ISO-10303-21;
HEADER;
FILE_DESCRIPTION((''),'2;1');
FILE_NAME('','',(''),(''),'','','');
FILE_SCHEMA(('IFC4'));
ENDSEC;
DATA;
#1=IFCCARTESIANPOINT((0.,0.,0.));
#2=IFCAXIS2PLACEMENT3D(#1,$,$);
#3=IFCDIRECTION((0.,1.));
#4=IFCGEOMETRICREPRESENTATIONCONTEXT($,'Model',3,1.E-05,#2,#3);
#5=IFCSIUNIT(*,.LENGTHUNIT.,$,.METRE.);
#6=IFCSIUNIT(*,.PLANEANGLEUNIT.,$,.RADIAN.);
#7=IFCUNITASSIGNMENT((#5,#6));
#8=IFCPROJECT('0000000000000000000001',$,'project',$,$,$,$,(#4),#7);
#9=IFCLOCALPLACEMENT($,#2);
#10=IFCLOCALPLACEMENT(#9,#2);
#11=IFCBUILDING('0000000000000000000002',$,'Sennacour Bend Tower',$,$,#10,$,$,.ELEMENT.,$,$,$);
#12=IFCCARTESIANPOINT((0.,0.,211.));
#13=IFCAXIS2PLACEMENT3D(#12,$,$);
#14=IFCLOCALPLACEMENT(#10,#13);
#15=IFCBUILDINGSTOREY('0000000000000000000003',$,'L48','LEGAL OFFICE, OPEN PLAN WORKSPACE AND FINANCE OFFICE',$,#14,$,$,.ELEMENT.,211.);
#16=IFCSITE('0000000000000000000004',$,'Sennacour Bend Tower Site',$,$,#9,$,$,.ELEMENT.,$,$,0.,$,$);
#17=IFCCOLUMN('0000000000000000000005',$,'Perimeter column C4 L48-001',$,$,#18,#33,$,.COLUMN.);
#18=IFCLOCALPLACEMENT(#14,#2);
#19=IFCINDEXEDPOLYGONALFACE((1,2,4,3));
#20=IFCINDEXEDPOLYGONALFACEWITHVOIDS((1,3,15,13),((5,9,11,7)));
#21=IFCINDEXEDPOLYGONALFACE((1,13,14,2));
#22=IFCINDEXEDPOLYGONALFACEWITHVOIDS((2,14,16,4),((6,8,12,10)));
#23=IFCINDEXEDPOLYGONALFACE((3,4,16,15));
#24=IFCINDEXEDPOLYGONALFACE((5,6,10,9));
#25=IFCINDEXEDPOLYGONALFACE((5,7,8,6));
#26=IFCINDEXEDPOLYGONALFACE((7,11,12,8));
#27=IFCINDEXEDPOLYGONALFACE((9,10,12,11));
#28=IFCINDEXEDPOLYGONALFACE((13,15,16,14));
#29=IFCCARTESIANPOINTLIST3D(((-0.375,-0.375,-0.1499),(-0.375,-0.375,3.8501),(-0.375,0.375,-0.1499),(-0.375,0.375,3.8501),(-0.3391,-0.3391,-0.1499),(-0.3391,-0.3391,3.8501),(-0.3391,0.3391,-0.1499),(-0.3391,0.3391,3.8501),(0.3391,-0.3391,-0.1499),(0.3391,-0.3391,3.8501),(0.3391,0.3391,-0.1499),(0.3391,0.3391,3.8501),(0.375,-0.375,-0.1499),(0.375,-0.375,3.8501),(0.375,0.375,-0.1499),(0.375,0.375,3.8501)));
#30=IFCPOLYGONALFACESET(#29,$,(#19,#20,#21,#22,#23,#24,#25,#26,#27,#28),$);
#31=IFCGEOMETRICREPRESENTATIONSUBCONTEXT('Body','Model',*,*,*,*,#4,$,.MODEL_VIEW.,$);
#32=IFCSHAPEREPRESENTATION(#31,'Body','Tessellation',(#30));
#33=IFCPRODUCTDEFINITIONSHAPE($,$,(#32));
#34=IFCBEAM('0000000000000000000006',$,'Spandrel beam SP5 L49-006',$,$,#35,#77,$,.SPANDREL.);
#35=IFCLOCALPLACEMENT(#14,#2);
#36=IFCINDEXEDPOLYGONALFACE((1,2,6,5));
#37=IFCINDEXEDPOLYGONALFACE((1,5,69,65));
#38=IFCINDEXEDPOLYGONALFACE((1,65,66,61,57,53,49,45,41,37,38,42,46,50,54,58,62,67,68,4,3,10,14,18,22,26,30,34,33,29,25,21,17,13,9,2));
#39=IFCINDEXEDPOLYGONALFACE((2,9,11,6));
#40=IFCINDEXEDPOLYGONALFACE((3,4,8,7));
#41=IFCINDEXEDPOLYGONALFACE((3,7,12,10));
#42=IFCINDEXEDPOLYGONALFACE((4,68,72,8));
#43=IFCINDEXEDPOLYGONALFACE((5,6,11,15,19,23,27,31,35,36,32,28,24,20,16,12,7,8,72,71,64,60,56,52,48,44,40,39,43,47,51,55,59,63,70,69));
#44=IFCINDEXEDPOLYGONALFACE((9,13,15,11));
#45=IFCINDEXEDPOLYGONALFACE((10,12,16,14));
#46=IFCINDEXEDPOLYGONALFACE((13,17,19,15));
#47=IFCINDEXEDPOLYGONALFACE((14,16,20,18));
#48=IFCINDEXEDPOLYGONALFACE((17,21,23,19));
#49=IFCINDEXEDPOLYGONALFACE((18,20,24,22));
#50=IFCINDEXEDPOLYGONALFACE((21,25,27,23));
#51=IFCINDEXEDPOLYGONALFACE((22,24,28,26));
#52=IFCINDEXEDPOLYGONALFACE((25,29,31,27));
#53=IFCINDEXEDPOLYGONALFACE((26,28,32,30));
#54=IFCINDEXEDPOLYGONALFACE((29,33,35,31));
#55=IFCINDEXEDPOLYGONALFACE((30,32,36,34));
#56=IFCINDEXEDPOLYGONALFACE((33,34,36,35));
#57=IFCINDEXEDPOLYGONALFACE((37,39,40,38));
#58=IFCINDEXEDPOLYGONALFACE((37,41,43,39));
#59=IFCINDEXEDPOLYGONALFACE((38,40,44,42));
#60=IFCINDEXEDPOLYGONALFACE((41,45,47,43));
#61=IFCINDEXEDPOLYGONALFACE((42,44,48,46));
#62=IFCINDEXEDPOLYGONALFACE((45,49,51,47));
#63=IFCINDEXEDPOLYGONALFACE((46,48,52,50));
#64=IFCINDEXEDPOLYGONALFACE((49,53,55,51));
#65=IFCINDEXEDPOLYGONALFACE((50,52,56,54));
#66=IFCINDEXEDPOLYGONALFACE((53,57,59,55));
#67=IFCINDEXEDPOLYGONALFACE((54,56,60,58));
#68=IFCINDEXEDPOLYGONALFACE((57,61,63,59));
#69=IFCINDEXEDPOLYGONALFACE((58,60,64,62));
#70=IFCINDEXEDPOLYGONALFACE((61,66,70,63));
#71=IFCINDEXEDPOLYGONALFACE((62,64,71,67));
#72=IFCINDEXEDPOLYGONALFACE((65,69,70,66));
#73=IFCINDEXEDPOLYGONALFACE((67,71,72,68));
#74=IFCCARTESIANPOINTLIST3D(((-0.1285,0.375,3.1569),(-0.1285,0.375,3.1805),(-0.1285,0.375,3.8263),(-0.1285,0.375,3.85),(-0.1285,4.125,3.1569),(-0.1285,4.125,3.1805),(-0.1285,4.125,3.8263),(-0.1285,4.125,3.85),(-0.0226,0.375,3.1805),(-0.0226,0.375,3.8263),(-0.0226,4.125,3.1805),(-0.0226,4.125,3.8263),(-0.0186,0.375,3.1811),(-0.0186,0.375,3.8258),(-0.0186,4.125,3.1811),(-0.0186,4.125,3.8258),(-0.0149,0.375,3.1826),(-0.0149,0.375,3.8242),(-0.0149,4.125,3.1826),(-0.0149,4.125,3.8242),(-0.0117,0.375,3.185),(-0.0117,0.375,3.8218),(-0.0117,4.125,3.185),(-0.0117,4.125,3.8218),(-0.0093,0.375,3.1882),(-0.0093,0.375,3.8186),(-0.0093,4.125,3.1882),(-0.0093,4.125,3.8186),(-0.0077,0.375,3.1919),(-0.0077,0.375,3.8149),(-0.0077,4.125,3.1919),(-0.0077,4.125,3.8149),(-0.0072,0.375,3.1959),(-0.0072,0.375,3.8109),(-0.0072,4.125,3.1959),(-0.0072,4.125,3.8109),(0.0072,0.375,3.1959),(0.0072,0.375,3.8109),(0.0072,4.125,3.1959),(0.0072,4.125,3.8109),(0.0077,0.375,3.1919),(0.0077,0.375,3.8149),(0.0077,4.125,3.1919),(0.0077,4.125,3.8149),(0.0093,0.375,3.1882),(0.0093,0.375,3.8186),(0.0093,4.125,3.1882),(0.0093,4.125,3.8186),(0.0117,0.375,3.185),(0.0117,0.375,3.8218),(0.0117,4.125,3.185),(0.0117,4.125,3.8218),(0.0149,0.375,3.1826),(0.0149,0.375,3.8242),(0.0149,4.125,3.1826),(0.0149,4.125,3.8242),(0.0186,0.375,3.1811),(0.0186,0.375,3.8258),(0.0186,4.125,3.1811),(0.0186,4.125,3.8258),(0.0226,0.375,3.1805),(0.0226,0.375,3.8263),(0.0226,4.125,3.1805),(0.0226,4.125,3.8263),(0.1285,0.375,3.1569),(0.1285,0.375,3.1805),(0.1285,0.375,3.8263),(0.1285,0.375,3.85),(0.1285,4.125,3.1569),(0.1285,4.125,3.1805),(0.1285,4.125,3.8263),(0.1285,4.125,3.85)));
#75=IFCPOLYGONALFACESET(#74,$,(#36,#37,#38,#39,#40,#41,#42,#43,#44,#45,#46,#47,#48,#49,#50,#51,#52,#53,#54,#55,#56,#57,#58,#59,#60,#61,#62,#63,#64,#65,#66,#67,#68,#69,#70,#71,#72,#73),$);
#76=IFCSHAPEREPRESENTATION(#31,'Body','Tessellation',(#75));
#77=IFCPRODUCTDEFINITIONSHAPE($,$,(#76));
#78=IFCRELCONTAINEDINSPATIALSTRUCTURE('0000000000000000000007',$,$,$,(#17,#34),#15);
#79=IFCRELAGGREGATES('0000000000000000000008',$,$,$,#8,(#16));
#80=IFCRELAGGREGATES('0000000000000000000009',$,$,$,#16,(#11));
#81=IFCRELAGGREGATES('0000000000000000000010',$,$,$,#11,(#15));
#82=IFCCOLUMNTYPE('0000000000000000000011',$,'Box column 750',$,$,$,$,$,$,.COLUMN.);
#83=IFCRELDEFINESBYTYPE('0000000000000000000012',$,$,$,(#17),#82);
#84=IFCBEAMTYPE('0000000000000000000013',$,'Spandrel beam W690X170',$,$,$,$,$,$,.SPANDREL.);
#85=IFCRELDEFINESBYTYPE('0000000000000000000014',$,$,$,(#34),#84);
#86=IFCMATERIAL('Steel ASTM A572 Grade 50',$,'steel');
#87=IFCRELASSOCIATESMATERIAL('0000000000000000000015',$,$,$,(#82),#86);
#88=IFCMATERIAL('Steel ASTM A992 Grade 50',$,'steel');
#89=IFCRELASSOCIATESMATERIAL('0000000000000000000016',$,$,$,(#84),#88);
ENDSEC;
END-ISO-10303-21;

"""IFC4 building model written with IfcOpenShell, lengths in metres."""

from ifc_helpers import new_model, si_unit, direction, frame, origin, origin_2d, place, context, subcontext, project, spatial, hollow_rectangle, i_section, extrude, material, material_profile, profile_set, type_object, element, save


model = new_model("IFC4")

# Units and contexts
model_context = context("Model", 3, precision=1e-05, world=origin(), true_north=direction((0.0, 1.0)))
body_context = subcontext(model_context, "Body", "Model", "MODEL_VIEW")
ifc_project = project(units=[si_unit("LENGTHUNIT", "METRE"), si_unit("PLANEANGLEUNIT", "RADIAN")], contexts=[model_context])

# Site, building, storey
site_placement = place(None, origin())
site = spatial("IfcSite", under=ifc_project, at=site_placement, Name="Sennacour Bend Tower Site", CompositionType="ELEMENT", RefElevation=0.0)
building_placement = place(site_placement, origin())
building = spatial("IfcBuilding", under=site, at=building_placement, Name="Sennacour Bend Tower", CompositionType="ELEMENT")
storey_placement = place(building_placement, frame((0.0, 0.0, 211.0)))
storey = spatial("IfcBuildingStorey", under=building, at=storey_placement, Name="L48", Description="LEGAL OFFICE, OPEN PLAN WORKSPACE AND FINANCE OFFICE", CompositionType="ELEMENT", Elevation=211.0)

# Column
ifc_material_1 = material(Name="Steel ASTM A572 Grade 50", Category="steel")
ifc_material_profile_1 = material_profile(ifc_material_1, hollow_rectangle(XDim=0.75, YDim=0.75, WallThickness=0.0359, at=origin_2d()), Name="Steel ASTM A572 Grade 50", Category="steel")
ifc_profile_set_1 = profile_set([ifc_material_profile_1], Name="Steel ASTM A572 Grade 50")
column_type = type_object("IfcColumnType", Name="Box column 750", PredefinedType="COLUMN", material=ifc_profile_set_1)
column_placement = place(storey_placement, frame((0.0, 0.0, -0.1499), z_axis=(0.0, 0.0, 1.0), x_axis=(1.0, 0.0, 0.0)))
element("IfcColumn", 1, at=column_placement, inside=storey, type_object=column_type, Name="Perimeter column C4 L48-001", PredefinedType="COLUMN", context=body_context, shape_type="SweptSolid", body=[
    extrude(hollow_rectangle(XDim=0.75, YDim=0.75, WallThickness=0.0359, at=origin_2d()), origin(), (0.0, 0.0, 1.0), 4.0),
])

# Beam
ifc_material_2 = material(Name="Steel ASTM A992 Grade 50", Category="steel")
ifc_material_profile_2 = material_profile(ifc_material_2, i_section(OverallWidth=0.2571, OverallDepth=0.6931, WebThickness=0.0144, FlangeThickness=0.0237, FilletRadius=0.0154, at=origin_2d()), Name="Steel ASTM A992 Grade 50", Category="steel")
ifc_profile_set_2 = profile_set([ifc_material_profile_2], Name="Steel ASTM A992 Grade 50")
beam_type = type_object("IfcBeamType", Name="Spandrel beam W690X170", PredefinedType="SPANDREL", material=ifc_profile_set_2)
beam_placement = place(storey_placement, frame((0.0, 0.375, 3.5034), z_axis=(0.0, 1.0, 0.0), x_axis=(-1.0, 0.0, 0.0)))
element("IfcBeam", 2, at=beam_placement, inside=storey, type_object=beam_type, Name="Spandrel beam SP5 L49-006", PredefinedType="SPANDREL", context=body_context, shape_type="SweptSolid", body=[
    extrude(i_section(OverallWidth=0.2571, OverallDepth=0.6931, WebThickness=0.0144, FlangeThickness=0.0237, FilletRadius=0.0154, at=origin_2d()), origin(), (0.0, 0.0, 1.0), 3.75),
])

save(model, "model.ifc")
